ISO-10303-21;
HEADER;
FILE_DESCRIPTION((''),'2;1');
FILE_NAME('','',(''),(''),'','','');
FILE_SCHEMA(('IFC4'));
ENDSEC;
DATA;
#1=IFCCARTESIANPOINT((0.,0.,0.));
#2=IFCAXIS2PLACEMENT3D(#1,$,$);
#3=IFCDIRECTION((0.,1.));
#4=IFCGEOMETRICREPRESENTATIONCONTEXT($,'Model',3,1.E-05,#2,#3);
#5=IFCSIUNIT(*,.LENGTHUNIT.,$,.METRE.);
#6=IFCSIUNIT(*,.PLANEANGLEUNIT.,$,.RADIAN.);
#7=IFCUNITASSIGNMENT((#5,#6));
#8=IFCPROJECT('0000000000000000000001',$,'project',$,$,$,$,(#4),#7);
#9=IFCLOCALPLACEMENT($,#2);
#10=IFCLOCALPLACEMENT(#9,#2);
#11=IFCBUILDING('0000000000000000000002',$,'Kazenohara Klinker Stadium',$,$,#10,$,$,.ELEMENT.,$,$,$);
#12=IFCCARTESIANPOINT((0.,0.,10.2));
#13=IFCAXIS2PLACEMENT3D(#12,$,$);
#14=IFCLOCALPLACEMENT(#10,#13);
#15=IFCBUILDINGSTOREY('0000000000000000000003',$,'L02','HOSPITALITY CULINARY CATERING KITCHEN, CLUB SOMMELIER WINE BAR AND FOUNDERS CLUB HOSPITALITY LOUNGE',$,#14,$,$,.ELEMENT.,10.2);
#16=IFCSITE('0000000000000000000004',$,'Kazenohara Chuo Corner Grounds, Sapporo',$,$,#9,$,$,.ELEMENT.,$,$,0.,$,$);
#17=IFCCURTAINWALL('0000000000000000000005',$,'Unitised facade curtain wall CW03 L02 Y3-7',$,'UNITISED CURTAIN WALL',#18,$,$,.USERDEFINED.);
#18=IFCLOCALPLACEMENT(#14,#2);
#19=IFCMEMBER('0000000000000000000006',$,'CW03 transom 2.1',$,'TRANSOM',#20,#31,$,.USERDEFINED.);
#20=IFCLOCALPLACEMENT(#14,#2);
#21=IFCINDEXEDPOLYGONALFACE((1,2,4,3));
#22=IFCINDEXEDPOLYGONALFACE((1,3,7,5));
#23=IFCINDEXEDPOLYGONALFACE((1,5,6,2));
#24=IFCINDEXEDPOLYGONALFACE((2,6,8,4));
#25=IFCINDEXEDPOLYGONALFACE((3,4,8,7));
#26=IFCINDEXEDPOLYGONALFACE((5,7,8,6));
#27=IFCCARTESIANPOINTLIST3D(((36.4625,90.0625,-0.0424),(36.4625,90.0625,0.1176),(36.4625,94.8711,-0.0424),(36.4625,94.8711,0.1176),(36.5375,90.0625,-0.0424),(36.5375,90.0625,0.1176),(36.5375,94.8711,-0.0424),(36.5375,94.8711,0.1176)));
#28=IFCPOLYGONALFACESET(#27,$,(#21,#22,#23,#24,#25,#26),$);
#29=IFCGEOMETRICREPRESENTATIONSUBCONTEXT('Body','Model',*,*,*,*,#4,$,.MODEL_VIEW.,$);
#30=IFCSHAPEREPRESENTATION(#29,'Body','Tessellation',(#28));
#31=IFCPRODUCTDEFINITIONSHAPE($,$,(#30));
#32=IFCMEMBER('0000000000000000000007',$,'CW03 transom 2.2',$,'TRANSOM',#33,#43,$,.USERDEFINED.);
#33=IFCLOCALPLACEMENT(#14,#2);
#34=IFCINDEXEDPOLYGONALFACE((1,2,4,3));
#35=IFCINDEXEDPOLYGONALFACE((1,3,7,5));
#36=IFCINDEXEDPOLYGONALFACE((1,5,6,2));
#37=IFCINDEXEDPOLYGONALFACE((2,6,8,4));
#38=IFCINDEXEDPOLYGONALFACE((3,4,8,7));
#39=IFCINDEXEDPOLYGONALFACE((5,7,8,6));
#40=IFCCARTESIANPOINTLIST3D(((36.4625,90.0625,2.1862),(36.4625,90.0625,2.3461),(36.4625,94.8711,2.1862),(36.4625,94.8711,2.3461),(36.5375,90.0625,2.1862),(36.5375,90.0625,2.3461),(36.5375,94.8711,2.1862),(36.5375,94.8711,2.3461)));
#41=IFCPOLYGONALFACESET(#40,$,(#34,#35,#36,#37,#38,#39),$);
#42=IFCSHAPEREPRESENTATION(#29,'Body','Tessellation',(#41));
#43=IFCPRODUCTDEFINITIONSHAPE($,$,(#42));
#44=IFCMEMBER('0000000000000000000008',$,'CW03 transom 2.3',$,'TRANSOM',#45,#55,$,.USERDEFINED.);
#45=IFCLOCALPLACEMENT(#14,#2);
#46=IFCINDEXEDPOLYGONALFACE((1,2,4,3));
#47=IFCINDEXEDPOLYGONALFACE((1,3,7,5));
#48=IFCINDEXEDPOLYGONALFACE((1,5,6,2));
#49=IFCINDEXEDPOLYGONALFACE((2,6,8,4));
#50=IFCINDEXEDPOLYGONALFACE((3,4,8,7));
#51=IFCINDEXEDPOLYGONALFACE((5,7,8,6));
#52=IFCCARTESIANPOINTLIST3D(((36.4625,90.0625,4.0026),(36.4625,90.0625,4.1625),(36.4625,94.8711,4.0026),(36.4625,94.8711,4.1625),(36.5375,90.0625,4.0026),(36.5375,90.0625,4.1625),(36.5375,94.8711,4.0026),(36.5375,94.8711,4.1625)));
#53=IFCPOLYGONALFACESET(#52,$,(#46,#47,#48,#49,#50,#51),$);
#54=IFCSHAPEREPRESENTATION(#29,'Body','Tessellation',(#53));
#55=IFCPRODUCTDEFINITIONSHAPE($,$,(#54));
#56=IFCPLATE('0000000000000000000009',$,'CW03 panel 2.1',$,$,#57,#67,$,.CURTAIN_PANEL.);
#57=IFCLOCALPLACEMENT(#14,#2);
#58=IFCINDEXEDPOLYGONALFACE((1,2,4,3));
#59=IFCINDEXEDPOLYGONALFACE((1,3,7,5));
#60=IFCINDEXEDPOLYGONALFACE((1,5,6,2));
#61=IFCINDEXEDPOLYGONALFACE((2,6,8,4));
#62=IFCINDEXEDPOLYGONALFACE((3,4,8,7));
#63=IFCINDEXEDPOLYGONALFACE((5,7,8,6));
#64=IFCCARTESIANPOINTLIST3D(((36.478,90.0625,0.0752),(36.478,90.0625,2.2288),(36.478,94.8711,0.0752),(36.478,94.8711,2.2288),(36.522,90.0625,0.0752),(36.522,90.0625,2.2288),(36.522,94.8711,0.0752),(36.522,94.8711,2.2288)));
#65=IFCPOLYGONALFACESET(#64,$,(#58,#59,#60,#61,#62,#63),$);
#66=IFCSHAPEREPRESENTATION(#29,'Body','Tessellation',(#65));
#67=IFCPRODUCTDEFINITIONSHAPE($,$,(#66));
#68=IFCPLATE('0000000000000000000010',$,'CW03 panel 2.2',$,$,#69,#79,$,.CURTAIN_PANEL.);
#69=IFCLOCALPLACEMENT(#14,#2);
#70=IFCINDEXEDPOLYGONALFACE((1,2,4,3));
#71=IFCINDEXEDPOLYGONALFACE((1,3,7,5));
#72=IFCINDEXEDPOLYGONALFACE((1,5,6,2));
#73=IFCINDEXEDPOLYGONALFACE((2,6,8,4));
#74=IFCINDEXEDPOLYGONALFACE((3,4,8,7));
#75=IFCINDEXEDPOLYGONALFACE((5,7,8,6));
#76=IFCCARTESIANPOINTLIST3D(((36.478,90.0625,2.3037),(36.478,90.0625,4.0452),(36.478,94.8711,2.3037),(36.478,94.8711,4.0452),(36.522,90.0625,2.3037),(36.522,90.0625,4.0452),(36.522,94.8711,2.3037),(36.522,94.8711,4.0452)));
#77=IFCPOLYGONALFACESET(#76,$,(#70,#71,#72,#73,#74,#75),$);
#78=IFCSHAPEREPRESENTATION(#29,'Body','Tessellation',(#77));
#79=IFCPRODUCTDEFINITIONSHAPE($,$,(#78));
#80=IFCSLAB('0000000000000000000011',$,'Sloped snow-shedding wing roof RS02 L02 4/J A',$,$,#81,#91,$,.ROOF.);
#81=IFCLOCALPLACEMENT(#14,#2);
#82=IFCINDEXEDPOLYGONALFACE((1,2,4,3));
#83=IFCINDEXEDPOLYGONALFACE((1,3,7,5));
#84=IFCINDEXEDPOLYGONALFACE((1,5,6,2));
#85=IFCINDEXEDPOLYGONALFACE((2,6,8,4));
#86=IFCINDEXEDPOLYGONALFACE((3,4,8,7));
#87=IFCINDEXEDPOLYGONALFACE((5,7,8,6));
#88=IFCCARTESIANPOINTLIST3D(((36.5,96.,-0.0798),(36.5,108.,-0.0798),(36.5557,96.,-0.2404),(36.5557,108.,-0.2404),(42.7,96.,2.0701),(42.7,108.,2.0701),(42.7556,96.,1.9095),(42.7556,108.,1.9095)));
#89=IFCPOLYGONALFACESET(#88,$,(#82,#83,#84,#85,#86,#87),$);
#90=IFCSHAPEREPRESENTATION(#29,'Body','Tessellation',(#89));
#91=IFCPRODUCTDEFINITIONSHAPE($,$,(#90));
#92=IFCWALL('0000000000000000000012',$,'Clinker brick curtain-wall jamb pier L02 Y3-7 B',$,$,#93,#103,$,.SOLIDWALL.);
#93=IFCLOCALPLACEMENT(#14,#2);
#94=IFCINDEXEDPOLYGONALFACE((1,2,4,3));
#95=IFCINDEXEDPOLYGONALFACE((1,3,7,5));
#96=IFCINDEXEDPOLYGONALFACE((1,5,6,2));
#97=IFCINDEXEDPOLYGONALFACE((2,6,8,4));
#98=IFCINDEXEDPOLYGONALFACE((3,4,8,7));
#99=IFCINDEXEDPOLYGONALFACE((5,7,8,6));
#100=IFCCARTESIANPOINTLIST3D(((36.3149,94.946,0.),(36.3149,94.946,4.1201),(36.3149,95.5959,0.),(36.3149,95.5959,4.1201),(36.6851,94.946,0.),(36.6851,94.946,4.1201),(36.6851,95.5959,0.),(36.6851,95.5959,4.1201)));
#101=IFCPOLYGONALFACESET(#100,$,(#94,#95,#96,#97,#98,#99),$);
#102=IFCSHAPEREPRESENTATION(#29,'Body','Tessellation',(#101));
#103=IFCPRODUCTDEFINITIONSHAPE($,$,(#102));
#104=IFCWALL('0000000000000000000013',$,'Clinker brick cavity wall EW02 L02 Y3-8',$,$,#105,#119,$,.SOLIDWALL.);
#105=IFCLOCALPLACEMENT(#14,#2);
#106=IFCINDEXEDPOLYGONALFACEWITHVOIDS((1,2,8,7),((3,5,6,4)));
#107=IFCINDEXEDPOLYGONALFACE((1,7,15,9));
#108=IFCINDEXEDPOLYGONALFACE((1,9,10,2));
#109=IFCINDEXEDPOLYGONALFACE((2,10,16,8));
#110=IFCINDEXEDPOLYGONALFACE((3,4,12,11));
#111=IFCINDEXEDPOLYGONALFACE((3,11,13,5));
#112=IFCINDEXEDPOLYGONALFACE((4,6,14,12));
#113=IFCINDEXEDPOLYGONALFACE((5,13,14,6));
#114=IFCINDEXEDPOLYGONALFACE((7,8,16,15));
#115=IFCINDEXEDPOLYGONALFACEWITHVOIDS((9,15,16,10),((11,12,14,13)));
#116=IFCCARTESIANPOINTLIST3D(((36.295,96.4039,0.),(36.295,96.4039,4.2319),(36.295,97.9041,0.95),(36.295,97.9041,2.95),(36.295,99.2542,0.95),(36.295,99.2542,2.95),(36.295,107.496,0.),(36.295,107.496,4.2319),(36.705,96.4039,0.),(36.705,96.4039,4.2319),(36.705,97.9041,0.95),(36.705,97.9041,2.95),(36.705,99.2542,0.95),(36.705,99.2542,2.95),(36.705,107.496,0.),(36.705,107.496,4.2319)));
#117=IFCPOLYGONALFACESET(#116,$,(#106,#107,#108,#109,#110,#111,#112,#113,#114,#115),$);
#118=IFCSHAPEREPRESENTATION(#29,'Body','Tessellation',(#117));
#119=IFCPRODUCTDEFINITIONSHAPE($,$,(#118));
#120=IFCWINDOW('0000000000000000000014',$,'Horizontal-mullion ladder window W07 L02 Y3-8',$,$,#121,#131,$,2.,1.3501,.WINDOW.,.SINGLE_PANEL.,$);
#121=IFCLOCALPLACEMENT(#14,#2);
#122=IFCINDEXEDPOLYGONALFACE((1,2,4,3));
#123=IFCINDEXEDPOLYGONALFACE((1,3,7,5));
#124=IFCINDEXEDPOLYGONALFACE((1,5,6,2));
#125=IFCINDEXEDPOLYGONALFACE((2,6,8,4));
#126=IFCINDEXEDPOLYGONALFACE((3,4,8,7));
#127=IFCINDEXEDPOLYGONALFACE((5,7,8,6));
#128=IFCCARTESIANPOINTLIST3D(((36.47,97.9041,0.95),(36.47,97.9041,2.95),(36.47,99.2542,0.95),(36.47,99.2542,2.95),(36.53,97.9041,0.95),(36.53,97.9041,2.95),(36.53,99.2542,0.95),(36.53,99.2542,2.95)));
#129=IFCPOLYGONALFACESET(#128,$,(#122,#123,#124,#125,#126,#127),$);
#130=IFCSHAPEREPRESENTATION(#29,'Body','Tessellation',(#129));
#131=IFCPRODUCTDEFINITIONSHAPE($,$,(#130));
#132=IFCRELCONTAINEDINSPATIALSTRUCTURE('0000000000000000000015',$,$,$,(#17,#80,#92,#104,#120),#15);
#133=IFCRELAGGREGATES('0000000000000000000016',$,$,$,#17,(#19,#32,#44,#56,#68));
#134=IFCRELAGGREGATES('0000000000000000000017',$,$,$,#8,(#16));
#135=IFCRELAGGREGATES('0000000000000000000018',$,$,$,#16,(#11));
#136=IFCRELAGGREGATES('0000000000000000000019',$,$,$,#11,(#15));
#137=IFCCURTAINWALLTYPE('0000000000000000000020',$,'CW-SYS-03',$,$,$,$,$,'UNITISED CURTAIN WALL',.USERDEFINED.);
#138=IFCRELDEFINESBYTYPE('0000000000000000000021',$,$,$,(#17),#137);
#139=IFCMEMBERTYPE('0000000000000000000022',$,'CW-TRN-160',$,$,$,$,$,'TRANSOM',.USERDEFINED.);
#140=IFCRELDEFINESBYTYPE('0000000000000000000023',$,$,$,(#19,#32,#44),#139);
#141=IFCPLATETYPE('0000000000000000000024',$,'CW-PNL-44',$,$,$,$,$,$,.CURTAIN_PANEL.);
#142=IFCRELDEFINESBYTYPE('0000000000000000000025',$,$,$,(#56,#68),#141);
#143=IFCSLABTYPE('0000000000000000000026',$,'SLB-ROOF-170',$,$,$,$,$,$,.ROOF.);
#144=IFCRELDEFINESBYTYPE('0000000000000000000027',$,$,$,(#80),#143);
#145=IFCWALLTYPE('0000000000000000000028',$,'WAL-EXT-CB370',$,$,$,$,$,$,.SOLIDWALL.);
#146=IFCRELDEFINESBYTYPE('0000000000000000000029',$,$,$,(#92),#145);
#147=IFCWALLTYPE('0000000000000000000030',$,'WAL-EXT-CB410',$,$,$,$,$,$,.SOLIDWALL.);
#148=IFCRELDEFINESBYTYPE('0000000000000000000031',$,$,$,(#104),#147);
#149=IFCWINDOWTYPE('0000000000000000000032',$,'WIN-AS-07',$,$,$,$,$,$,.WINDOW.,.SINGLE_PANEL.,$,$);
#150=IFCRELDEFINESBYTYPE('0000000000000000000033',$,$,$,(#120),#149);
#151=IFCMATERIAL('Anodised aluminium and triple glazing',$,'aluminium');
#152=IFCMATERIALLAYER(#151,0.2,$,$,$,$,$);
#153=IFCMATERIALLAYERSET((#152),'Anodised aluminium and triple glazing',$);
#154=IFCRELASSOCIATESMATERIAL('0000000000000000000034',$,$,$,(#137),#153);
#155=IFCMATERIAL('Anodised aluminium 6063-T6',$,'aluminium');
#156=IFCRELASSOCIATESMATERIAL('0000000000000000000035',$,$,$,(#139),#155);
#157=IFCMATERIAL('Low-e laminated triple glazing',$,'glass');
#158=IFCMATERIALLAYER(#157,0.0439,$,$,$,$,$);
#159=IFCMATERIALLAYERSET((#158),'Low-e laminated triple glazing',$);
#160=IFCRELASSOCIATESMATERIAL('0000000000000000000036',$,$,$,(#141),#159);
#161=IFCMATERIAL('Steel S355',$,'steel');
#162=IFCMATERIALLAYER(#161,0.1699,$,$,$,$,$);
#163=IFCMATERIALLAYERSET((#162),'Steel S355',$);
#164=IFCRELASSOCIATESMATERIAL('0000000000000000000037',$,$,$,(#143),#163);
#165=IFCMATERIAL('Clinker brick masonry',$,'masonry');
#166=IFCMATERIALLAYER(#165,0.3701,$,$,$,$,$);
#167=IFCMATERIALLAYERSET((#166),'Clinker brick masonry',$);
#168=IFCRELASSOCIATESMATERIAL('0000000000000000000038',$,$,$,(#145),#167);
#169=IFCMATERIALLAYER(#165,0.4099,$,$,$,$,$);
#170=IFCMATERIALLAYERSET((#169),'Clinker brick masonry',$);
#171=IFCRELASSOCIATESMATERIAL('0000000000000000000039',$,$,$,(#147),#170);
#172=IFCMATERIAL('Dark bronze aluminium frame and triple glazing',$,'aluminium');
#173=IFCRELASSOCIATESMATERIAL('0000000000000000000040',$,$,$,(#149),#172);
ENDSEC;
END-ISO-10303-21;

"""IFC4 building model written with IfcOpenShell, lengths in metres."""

from ifc_helpers import new_model, si_unit, direction, frame, frame_2d, origin, origin_2d, place, context, subcontext, project, spatial, polyline, rectangle, outline, extrude, material, layer, layer_set, material_profile, profile_set, type_object, element, fill, aggregate, save


model = new_model("IFC4")

# Units and contexts
model_context = context("Model", 3, precision=1e-05, world=origin(), true_north=direction((0.0, 1.0)))
body_context = subcontext(model_context, "Body", "Model", "MODEL_VIEW")
ifc_project = project(units=[si_unit("LENGTHUNIT", "METRE"), si_unit("PLANEANGLEUNIT", "RADIAN")], contexts=[model_context])

# Site, building, storey
site_placement = place(None, origin())
site = spatial("IfcSite", under=ifc_project, at=site_placement, Name="Kazenohara Chuo Corner Grounds, Sapporo", CompositionType="ELEMENT", RefElevation=0.0)
building_placement = place(site_placement, origin())
building = spatial("IfcBuilding", under=site, at=building_placement, Name="Kazenohara Klinker Stadium", CompositionType="ELEMENT")
storey_placement = place(building_placement, frame((0.0, 0.0, 10.2)))
storey = spatial("IfcBuildingStorey", under=building, at=storey_placement, Name="L02", Description="HOSPITALITY CULINARY CATERING KITCHEN, CLUB SOMMELIER WINE BAR AND FOUNDERS CLUB HOSPITALITY LOUNGE", CompositionType="ELEMENT", Elevation=10.2)

# Shared definitions
ifc_material_1 = material(Name="Steel S355", Category="steel")

# Curtain wall, members, plates
ifc_material_2 = material(Name="Anodised aluminium and triple glazing", Category="aluminium")
ifc_layer_1 = layer(ifc_material_2, 0.2)
ifc_layer_set_1 = layer_set([ifc_layer_1], Name="Anodised aluminium and triple glazing")
curtain_wall_type = type_object("IfcCurtainWallType", Name="CW-SYS-03", ElementType="UNITISED CURTAIN WALL", PredefinedType="USERDEFINED", material=ifc_layer_set_1)
curtain_wall_placement = place(storey_placement, origin())
curtain_wall = element("IfcCurtainWall", 1, at=curtain_wall_placement, inside=storey, type_object=curtain_wall_type, Name="Unitised facade curtain wall CW03 L02 Y3-7", ObjectType="UNITISED CURTAIN WALL", PredefinedType="USERDEFINED")
ifc_material_3 = material(Name="Anodised aluminium 6063-T6", Category="aluminium")
ifc_material_profile_1 = material_profile(ifc_material_3, rectangle(XDim=0.075, YDim=0.1599, at=origin_2d()), Name="ALU-TRN-75x160")
ifc_profile_set_1 = profile_set([ifc_material_profile_1], Name="Anodised aluminium 6063-T6")
member_type_1 = type_object("IfcMemberType", Name="CW-TRN-160", ElementType="TRANSOM", PredefinedType="USERDEFINED", material=ifc_profile_set_1)
member_1_placement = place(storey_placement, frame((36.5, 90.0625, 0.0376), z_axis=(0.0, 1.0, 0.0), x_axis=(-1.0, 0.0, 0.0)))
member_1 = element("IfcMember", 2, at=member_1_placement, type_object=member_type_1, Name="CW03 transom 2.1", ObjectType="TRANSOM", PredefinedType="USERDEFINED", context=body_context, shape_type="SweptSolid", body=[
    extrude(rectangle(XDim=0.075, YDim=0.1599, at=origin_2d()), origin(), (0.0, 0.0, 1.0), 4.8086),
])
member_2_placement = place(storey_placement, frame((36.5, 90.0625, 2.2661), z_axis=(0.0, 1.0, 0.0), x_axis=(-1.0, 0.0, 0.0)))
member_2 = element("IfcMember", 3, at=member_2_placement, type_object=member_type_1, Name="CW03 transom 2.2", ObjectType="TRANSOM", PredefinedType="USERDEFINED", context=body_context, shape_type="SweptSolid", body=[
    extrude(rectangle(XDim=0.075, YDim=0.1599, at=origin_2d()), origin(), (0.0, 0.0, 1.0), 4.8086),
])
member_3_placement = place(storey_placement, frame((36.5, 90.0625, 4.0825), z_axis=(0.0, 1.0, 0.0), x_axis=(-1.0, 0.0, 0.0)))
member_3 = element("IfcMember", 4, at=member_3_placement, type_object=member_type_1, Name="CW03 transom 2.3", ObjectType="TRANSOM", PredefinedType="USERDEFINED", context=body_context, shape_type="SweptSolid", body=[
    extrude(rectangle(XDim=0.075, YDim=0.1599, at=origin_2d()), origin(), (0.0, 0.0, 1.0), 4.8086),
])
ifc_material_4 = material(Name="Low-e laminated triple glazing", Category="glass")
ifc_layer_2 = layer(ifc_material_4, 0.0439)
ifc_layer_set_2 = layer_set([ifc_layer_2], Name="Low-e laminated triple glazing")
plate_type = type_object("IfcPlateType", Name="CW-PNL-44", PredefinedType="CURTAIN_PANEL", material=ifc_layer_set_2)
plate_1_placement = place(storey_placement, frame((36.5, 92.4668, 0.0752), z_axis=(0.0, 0.0, 1.0), x_axis=(0.0, 1.0, 0.0)))
plate_1 = element("IfcPlate", 5, at=plate_1_placement, type_object=plate_type, Name="CW03 panel 2.1", PredefinedType="CURTAIN_PANEL", context=body_context, shape_type="SweptSolid", body=[
    extrude(rectangle(XDim=4.8086, YDim=0.0439, at=origin_2d()), origin(), (0.0, 0.0, 1.0), 2.1536),
])
plate_2_placement = place(storey_placement, frame((36.5, 92.4668, 2.3037), z_axis=(0.0, 0.0, 1.0), x_axis=(0.0, 1.0, 0.0)))
plate_2 = element("IfcPlate", 6, at=plate_2_placement, type_object=plate_type, Name="CW03 panel 2.2", PredefinedType="CURTAIN_PANEL", context=body_context, shape_type="SweptSolid", body=[
    extrude(rectangle(XDim=4.8086, YDim=0.0439, at=origin_2d()), origin(), (0.0, 0.0, 1.0), 1.7415),
])
aggregate(curtain_wall, [member_1, member_2, member_3, plate_1, plate_2])

# Slab
ifc_layer_3 = layer(ifc_material_1, 0.1699)
ifc_layer_set_3 = layer_set([ifc_layer_3], Name="Steel S355")
slab_type = type_object("IfcSlabType", Name="SLB-ROOF-170", PredefinedType="ROOF", material=ifc_layer_set_3)
slab_placement = place(storey_placement, frame((36.5, 96.0, -0.0798), z_axis=(-0.327623, 0.0, 0.944809), x_axis=(0.944809, 0.0, 0.327623)))
element("IfcSlab", 7, at=slab_placement, inside=storey, type_object=slab_type, Name="Sloped snow-shedding wing roof RS02 L02 4/J A", PredefinedType="ROOF", context=body_context, shape_type="SweptSolid", body=[
    extrude(outline(polyline([(0.0, 0.0), (6.5621, 0.0), (6.5621, 12.0), (0.0, 12.0), (0.0, 0.0)])), origin(), (0.0, 0.0, -1.0), 0.1699),
])

# Wall
ifc_material_5 = material(Name="Clinker brick masonry", Category="masonry")
ifc_layer_4 = layer(ifc_material_5, 0.3701)
ifc_layer_set_4 = layer_set([ifc_layer_4], Name="Clinker brick masonry")
wall_type_1 = type_object("IfcWallType", Name="WAL-EXT-CB370", PredefinedType="SOLIDWALL", material=ifc_layer_set_4)
wall_1_placement = place(storey_placement, frame((36.5, 94.946, 0.0), z_axis=(0.0, 0.0, 1.0), x_axis=(0.0, 1.0, 0.0)))
element("IfcWall", 8, at=wall_1_placement, inside=storey, type_object=wall_type_1, Name="Clinker brick curtain-wall jamb pier L02 Y3-7 B", PredefinedType="SOLIDWALL", context=body_context, shape_type="SweptSolid", body=[
    extrude(rectangle(XDim=0.6499, YDim=0.3701, at=frame_2d((0.325, 0.0))), origin(), (0.0, 0.0, 1.0), 4.1201),
])

# Wall, opening, window
ifc_layer_5 = layer(ifc_material_5, 0.4099)
ifc_layer_set_5 = layer_set([ifc_layer_5], Name="Clinker brick masonry")
wall_type_2 = type_object("IfcWallType", Name="WAL-EXT-CB410", PredefinedType="SOLIDWALL", material=ifc_layer_set_5)
wall_2_placement = place(storey_placement, frame((36.5, 96.4041, 0.0), z_axis=(0.0, 0.0, 1.0), x_axis=(0.0, 1.0, 0.0)))
wall_2 = element("IfcWall", 9, at=wall_2_placement, inside=storey, type_object=wall_type_2, Name="Clinker brick cavity wall EW02 L02 Y3-8", PredefinedType="SOLIDWALL", context=body_context, shape_type="SweptSolid", body=[
    extrude(rectangle(XDim=11.092, YDim=0.4099, at=frame_2d((5.5459, 0.0))), origin(), (0.0, 0.0, 1.0), 4.2319),
])
opening_1_placement = place(wall_2_placement, frame((1.5, 0.0, 0.95)))
opening_1 = element("IfcOpeningElement", 10, at=opening_1_placement, cuts=wall_2, PredefinedType="OPENING", context=body_context, shape_type="SweptSolid", body=[
    extrude(rectangle(XDim=1.3501, YDim=2.0, at=frame_2d((0.675, 1.0))), frame((0.0, 0.2148, 0.0), z_axis=(0.0, -1.0, 0.0), x_axis=(1.0, 0.0, 0.0)), (0.0, 0.0, 1.0), 0.4299),
])
ifc_material_6 = material(Name="Dark bronze aluminium frame and triple glazing", Category="aluminium")
window_type = type_object("IfcWindowType", Name="WIN-AS-07", PartitioningType="SINGLE_PANEL", PredefinedType="WINDOW", material=ifc_material_6)
window_placement = place(opening_1_placement, origin())
window = element("IfcWindow", 11, at=window_placement, inside=storey, type_object=window_type, Name="Horizontal-mullion ladder window W07 L02 Y3-8", OverallHeight=2.0, OverallWidth=1.3501, PartitioningType="SINGLE_PANEL", PredefinedType="WINDOW", context=body_context, shape_type="SweptSolid", body=[
    extrude(rectangle(XDim=1.3501, YDim=2.0, at=frame_2d((0.675, 1.0))), frame((0.0, 0.03, 0.0), z_axis=(0.0, -1.0, 0.0), x_axis=(1.0, 0.0, 0.0)), (0.0, 0.0, 1.0), 0.0601),
])
fill(opening_1, window)

save(model, "model.ifc")
